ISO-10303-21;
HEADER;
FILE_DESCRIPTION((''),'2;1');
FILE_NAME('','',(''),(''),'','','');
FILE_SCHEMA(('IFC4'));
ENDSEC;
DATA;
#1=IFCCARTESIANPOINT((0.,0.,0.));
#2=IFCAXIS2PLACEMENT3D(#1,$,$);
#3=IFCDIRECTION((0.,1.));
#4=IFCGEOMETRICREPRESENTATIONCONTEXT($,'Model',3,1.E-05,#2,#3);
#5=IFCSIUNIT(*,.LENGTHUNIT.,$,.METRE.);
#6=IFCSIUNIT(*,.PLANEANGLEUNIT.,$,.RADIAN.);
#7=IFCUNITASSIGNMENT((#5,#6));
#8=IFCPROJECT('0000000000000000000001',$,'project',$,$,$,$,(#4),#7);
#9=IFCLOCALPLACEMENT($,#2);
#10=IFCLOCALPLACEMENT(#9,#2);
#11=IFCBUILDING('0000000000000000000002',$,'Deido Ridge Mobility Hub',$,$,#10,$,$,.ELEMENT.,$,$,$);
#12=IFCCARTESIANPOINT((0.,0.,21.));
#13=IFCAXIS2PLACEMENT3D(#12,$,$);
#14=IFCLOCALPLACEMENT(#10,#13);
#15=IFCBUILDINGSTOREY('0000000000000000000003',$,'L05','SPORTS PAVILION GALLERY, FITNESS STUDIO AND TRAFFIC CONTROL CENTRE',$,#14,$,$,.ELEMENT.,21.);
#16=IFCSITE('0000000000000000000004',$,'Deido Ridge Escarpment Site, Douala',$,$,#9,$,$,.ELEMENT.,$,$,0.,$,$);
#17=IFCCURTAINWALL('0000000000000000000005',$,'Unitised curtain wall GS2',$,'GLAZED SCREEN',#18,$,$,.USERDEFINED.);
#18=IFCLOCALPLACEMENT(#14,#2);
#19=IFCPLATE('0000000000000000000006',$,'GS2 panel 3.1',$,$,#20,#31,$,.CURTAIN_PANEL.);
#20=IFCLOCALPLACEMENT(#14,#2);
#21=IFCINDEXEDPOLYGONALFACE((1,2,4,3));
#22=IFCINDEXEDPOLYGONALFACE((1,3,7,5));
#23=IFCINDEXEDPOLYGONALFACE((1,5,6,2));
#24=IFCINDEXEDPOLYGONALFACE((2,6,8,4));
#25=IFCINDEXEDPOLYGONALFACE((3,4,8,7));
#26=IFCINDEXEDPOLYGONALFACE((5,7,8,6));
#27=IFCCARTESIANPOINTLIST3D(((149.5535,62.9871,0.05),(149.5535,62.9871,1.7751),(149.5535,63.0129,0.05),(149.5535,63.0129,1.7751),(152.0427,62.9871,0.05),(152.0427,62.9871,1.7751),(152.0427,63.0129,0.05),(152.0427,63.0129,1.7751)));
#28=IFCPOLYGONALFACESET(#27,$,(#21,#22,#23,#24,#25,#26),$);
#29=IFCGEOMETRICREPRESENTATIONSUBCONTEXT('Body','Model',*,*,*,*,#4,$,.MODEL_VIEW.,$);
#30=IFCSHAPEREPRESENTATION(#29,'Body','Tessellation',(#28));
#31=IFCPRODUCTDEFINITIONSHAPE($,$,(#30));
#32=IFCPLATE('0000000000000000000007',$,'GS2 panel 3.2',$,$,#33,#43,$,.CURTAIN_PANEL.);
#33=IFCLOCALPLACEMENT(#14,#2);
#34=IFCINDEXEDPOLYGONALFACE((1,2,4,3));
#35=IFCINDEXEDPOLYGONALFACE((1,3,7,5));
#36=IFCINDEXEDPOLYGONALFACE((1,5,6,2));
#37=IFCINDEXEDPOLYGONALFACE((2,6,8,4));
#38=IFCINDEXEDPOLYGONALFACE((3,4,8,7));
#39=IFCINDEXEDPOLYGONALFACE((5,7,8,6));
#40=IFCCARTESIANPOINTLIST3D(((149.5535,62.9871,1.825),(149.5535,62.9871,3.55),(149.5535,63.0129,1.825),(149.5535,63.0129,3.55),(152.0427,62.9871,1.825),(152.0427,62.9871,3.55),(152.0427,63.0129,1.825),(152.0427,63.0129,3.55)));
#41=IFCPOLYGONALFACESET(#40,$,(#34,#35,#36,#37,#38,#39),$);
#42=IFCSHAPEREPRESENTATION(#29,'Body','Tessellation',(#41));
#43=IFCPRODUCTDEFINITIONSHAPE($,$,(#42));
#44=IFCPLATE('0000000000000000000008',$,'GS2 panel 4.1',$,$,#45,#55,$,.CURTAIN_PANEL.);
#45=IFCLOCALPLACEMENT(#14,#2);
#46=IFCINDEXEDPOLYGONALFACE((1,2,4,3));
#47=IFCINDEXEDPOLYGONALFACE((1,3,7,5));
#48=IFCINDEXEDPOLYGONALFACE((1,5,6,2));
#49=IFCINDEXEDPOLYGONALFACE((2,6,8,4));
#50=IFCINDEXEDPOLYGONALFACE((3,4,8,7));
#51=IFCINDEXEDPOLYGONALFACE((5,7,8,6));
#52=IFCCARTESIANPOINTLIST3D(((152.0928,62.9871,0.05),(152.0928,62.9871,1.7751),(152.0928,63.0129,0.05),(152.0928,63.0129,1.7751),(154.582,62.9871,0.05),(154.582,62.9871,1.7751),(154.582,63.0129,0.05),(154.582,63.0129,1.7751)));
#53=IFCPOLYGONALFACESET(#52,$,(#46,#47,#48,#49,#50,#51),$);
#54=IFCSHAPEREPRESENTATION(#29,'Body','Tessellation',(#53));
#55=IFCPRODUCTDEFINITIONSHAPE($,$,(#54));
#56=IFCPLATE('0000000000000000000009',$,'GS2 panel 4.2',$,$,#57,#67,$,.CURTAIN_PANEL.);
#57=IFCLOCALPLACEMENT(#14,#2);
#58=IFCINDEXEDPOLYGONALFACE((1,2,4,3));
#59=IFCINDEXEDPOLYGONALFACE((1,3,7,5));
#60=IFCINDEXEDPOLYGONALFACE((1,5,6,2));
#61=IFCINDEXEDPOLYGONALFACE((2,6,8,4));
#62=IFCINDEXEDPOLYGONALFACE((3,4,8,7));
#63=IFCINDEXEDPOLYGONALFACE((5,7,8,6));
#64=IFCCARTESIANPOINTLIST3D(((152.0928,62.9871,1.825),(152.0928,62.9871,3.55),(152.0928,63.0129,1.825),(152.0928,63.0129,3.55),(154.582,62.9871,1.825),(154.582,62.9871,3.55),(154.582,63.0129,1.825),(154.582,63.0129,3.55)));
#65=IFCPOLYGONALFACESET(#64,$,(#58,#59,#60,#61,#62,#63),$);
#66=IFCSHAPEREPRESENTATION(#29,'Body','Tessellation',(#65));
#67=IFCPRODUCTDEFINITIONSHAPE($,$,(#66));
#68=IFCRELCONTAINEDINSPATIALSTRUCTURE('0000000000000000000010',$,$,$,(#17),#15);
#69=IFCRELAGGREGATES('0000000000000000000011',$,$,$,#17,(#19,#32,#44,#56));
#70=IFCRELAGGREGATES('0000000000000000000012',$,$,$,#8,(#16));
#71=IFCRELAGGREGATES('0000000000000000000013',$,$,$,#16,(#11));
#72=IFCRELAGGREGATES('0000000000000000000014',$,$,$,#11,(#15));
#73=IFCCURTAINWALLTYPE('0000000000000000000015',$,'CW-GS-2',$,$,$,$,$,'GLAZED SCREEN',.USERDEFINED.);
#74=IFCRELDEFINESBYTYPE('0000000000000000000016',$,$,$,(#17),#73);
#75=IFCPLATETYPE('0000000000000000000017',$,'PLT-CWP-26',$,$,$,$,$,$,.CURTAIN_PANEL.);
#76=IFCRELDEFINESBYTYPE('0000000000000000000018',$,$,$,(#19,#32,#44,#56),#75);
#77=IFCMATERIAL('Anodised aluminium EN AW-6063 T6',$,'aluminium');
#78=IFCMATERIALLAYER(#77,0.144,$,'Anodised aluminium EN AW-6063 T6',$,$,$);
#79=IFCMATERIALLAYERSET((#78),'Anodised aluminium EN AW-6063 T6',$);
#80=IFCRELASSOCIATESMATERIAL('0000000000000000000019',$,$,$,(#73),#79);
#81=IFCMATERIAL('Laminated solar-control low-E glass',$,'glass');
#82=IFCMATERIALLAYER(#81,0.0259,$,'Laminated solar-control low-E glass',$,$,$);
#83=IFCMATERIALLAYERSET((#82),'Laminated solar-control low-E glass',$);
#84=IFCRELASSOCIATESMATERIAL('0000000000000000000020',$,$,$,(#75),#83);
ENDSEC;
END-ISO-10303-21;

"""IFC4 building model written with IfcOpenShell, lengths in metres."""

from ifc_helpers import new_model, si_unit, direction, frame, origin, origin_2d, place, context, subcontext, project, spatial, rectangle, extrude, material, layer, layer_set, type_object, element, aggregate, save


model = new_model("IFC4")

# Units and contexts
model_context = context("Model", 3, precision=1e-05, world=origin(), true_north=direction((0.0, 1.0)))
body_context = subcontext(model_context, "Body", "Model", "MODEL_VIEW")
ifc_project = project(units=[si_unit("LENGTHUNIT", "METRE"), si_unit("PLANEANGLEUNIT", "RADIAN")], contexts=[model_context])

# Site, building, storey
site_placement = place(None, origin())
site = spatial("IfcSite", under=ifc_project, at=site_placement, Name="Deido Ridge Escarpment Site, Douala", CompositionType="ELEMENT", RefElevation=0.0)
building_placement = place(site_placement, origin())
building = spatial("IfcBuilding", under=site, at=building_placement, Name="Deido Ridge Mobility Hub", CompositionType="ELEMENT")
storey_placement = place(building_placement, frame((0.0, 0.0, 21.0)))
storey = spatial("IfcBuildingStorey", under=building, at=storey_placement, Name="L05", Description="SPORTS PAVILION GALLERY, FITNESS STUDIO AND TRAFFIC CONTROL CENTRE", CompositionType="ELEMENT", Elevation=21.0)

# Curtain wall
ifc_material_1 = material(Name="Anodised aluminium EN AW-6063 T6", Category="aluminium")
ifc_layer_1 = layer(ifc_material_1, 0.144, Name="Anodised aluminium EN AW-6063 T6")
ifc_layer_set_1 = layer_set([ifc_layer_1], Name="Anodised aluminium EN AW-6063 T6")
curtain_wall_type = type_object("IfcCurtainWallType", Name="CW-GS-2", ElementType="GLAZED SCREEN", PredefinedType="USERDEFINED", material=ifc_layer_set_1)
curtain_wall_placement = place(storey_placement, origin())
curtain_wall = element("IfcCurtainWall", 1, at=curtain_wall_placement, inside=storey, type_object=curtain_wall_type, Name="Unitised curtain wall GS2", ObjectType="GLAZED SCREEN", PredefinedType="USERDEFINED")

# Plates
ifc_material_2 = material(Name="Laminated solar-control low-E glass", Category="glass")
ifc_layer_2 = layer(ifc_material_2, 0.0259, Name="Laminated solar-control low-E glass")
ifc_layer_set_2 = layer_set([ifc_layer_2], Name="Laminated solar-control low-E glass")
plate_type = type_object("IfcPlateType", Name="PLT-CWP-26", PredefinedType="CURTAIN_PANEL", material=ifc_layer_set_2)
plate_1_placement = place(storey_placement, frame((150.7981, 63.0, 0.05), z_axis=(0.0, 0.0, 1.0), x_axis=(1.0, 0.0, 0.0)))
plate_1 = element("IfcPlate", 2, at=plate_1_placement, type_object=plate_type, Name="GS2 panel 3.1", PredefinedType="CURTAIN_PANEL", context=body_context, shape_type="SweptSolid", body=[
    extrude(rectangle(XDim=2.4893, YDim=0.0259, at=origin_2d()), origin(), (0.0, 0.0, 1.0), 1.7251),
])
plate_2_placement = place(storey_placement, frame((150.7981, 63.0, 1.825), z_axis=(0.0, 0.0, 1.0), x_axis=(1.0, 0.0, 0.0)))
plate_2 = element("IfcPlate", 3, at=plate_2_placement, type_object=plate_type, Name="GS2 panel 3.2", PredefinedType="CURTAIN_PANEL", context=body_context, shape_type="SweptSolid", body=[
    extrude(rectangle(XDim=2.4893, YDim=0.0259, at=origin_2d()), origin(), (0.0, 0.0, 1.0), 1.7251),
])
plate_3_placement = place(storey_placement, frame((153.3374, 63.0, 0.05), z_axis=(0.0, 0.0, 1.0), x_axis=(1.0, 0.0, 0.0)))
plate_3 = element("IfcPlate", 4, at=plate_3_placement, type_object=plate_type, Name="GS2 panel 4.1", PredefinedType="CURTAIN_PANEL", context=body_context, shape_type="SweptSolid", body=[
    extrude(rectangle(XDim=2.4893, YDim=0.0259, at=origin_2d()), origin(), (0.0, 0.0, 1.0), 1.7251),
])
plate_4_placement = place(storey_placement, frame((153.3374, 63.0, 1.825), z_axis=(0.0, 0.0, 1.0), x_axis=(1.0, 0.0, 0.0)))
plate_4 = element("IfcPlate", 5, at=plate_4_placement, type_object=plate_type, Name="GS2 panel 4.2", PredefinedType="CURTAIN_PANEL", context=body_context, shape_type="SweptSolid", body=[
    extrude(rectangle(XDim=2.4893, YDim=0.0259, at=origin_2d()), origin(), (0.0, 0.0, 1.0), 1.7251),
])
aggregate(curtain_wall, [plate_1, plate_2, plate_3, plate_4])

save(model, "model.ifc")
